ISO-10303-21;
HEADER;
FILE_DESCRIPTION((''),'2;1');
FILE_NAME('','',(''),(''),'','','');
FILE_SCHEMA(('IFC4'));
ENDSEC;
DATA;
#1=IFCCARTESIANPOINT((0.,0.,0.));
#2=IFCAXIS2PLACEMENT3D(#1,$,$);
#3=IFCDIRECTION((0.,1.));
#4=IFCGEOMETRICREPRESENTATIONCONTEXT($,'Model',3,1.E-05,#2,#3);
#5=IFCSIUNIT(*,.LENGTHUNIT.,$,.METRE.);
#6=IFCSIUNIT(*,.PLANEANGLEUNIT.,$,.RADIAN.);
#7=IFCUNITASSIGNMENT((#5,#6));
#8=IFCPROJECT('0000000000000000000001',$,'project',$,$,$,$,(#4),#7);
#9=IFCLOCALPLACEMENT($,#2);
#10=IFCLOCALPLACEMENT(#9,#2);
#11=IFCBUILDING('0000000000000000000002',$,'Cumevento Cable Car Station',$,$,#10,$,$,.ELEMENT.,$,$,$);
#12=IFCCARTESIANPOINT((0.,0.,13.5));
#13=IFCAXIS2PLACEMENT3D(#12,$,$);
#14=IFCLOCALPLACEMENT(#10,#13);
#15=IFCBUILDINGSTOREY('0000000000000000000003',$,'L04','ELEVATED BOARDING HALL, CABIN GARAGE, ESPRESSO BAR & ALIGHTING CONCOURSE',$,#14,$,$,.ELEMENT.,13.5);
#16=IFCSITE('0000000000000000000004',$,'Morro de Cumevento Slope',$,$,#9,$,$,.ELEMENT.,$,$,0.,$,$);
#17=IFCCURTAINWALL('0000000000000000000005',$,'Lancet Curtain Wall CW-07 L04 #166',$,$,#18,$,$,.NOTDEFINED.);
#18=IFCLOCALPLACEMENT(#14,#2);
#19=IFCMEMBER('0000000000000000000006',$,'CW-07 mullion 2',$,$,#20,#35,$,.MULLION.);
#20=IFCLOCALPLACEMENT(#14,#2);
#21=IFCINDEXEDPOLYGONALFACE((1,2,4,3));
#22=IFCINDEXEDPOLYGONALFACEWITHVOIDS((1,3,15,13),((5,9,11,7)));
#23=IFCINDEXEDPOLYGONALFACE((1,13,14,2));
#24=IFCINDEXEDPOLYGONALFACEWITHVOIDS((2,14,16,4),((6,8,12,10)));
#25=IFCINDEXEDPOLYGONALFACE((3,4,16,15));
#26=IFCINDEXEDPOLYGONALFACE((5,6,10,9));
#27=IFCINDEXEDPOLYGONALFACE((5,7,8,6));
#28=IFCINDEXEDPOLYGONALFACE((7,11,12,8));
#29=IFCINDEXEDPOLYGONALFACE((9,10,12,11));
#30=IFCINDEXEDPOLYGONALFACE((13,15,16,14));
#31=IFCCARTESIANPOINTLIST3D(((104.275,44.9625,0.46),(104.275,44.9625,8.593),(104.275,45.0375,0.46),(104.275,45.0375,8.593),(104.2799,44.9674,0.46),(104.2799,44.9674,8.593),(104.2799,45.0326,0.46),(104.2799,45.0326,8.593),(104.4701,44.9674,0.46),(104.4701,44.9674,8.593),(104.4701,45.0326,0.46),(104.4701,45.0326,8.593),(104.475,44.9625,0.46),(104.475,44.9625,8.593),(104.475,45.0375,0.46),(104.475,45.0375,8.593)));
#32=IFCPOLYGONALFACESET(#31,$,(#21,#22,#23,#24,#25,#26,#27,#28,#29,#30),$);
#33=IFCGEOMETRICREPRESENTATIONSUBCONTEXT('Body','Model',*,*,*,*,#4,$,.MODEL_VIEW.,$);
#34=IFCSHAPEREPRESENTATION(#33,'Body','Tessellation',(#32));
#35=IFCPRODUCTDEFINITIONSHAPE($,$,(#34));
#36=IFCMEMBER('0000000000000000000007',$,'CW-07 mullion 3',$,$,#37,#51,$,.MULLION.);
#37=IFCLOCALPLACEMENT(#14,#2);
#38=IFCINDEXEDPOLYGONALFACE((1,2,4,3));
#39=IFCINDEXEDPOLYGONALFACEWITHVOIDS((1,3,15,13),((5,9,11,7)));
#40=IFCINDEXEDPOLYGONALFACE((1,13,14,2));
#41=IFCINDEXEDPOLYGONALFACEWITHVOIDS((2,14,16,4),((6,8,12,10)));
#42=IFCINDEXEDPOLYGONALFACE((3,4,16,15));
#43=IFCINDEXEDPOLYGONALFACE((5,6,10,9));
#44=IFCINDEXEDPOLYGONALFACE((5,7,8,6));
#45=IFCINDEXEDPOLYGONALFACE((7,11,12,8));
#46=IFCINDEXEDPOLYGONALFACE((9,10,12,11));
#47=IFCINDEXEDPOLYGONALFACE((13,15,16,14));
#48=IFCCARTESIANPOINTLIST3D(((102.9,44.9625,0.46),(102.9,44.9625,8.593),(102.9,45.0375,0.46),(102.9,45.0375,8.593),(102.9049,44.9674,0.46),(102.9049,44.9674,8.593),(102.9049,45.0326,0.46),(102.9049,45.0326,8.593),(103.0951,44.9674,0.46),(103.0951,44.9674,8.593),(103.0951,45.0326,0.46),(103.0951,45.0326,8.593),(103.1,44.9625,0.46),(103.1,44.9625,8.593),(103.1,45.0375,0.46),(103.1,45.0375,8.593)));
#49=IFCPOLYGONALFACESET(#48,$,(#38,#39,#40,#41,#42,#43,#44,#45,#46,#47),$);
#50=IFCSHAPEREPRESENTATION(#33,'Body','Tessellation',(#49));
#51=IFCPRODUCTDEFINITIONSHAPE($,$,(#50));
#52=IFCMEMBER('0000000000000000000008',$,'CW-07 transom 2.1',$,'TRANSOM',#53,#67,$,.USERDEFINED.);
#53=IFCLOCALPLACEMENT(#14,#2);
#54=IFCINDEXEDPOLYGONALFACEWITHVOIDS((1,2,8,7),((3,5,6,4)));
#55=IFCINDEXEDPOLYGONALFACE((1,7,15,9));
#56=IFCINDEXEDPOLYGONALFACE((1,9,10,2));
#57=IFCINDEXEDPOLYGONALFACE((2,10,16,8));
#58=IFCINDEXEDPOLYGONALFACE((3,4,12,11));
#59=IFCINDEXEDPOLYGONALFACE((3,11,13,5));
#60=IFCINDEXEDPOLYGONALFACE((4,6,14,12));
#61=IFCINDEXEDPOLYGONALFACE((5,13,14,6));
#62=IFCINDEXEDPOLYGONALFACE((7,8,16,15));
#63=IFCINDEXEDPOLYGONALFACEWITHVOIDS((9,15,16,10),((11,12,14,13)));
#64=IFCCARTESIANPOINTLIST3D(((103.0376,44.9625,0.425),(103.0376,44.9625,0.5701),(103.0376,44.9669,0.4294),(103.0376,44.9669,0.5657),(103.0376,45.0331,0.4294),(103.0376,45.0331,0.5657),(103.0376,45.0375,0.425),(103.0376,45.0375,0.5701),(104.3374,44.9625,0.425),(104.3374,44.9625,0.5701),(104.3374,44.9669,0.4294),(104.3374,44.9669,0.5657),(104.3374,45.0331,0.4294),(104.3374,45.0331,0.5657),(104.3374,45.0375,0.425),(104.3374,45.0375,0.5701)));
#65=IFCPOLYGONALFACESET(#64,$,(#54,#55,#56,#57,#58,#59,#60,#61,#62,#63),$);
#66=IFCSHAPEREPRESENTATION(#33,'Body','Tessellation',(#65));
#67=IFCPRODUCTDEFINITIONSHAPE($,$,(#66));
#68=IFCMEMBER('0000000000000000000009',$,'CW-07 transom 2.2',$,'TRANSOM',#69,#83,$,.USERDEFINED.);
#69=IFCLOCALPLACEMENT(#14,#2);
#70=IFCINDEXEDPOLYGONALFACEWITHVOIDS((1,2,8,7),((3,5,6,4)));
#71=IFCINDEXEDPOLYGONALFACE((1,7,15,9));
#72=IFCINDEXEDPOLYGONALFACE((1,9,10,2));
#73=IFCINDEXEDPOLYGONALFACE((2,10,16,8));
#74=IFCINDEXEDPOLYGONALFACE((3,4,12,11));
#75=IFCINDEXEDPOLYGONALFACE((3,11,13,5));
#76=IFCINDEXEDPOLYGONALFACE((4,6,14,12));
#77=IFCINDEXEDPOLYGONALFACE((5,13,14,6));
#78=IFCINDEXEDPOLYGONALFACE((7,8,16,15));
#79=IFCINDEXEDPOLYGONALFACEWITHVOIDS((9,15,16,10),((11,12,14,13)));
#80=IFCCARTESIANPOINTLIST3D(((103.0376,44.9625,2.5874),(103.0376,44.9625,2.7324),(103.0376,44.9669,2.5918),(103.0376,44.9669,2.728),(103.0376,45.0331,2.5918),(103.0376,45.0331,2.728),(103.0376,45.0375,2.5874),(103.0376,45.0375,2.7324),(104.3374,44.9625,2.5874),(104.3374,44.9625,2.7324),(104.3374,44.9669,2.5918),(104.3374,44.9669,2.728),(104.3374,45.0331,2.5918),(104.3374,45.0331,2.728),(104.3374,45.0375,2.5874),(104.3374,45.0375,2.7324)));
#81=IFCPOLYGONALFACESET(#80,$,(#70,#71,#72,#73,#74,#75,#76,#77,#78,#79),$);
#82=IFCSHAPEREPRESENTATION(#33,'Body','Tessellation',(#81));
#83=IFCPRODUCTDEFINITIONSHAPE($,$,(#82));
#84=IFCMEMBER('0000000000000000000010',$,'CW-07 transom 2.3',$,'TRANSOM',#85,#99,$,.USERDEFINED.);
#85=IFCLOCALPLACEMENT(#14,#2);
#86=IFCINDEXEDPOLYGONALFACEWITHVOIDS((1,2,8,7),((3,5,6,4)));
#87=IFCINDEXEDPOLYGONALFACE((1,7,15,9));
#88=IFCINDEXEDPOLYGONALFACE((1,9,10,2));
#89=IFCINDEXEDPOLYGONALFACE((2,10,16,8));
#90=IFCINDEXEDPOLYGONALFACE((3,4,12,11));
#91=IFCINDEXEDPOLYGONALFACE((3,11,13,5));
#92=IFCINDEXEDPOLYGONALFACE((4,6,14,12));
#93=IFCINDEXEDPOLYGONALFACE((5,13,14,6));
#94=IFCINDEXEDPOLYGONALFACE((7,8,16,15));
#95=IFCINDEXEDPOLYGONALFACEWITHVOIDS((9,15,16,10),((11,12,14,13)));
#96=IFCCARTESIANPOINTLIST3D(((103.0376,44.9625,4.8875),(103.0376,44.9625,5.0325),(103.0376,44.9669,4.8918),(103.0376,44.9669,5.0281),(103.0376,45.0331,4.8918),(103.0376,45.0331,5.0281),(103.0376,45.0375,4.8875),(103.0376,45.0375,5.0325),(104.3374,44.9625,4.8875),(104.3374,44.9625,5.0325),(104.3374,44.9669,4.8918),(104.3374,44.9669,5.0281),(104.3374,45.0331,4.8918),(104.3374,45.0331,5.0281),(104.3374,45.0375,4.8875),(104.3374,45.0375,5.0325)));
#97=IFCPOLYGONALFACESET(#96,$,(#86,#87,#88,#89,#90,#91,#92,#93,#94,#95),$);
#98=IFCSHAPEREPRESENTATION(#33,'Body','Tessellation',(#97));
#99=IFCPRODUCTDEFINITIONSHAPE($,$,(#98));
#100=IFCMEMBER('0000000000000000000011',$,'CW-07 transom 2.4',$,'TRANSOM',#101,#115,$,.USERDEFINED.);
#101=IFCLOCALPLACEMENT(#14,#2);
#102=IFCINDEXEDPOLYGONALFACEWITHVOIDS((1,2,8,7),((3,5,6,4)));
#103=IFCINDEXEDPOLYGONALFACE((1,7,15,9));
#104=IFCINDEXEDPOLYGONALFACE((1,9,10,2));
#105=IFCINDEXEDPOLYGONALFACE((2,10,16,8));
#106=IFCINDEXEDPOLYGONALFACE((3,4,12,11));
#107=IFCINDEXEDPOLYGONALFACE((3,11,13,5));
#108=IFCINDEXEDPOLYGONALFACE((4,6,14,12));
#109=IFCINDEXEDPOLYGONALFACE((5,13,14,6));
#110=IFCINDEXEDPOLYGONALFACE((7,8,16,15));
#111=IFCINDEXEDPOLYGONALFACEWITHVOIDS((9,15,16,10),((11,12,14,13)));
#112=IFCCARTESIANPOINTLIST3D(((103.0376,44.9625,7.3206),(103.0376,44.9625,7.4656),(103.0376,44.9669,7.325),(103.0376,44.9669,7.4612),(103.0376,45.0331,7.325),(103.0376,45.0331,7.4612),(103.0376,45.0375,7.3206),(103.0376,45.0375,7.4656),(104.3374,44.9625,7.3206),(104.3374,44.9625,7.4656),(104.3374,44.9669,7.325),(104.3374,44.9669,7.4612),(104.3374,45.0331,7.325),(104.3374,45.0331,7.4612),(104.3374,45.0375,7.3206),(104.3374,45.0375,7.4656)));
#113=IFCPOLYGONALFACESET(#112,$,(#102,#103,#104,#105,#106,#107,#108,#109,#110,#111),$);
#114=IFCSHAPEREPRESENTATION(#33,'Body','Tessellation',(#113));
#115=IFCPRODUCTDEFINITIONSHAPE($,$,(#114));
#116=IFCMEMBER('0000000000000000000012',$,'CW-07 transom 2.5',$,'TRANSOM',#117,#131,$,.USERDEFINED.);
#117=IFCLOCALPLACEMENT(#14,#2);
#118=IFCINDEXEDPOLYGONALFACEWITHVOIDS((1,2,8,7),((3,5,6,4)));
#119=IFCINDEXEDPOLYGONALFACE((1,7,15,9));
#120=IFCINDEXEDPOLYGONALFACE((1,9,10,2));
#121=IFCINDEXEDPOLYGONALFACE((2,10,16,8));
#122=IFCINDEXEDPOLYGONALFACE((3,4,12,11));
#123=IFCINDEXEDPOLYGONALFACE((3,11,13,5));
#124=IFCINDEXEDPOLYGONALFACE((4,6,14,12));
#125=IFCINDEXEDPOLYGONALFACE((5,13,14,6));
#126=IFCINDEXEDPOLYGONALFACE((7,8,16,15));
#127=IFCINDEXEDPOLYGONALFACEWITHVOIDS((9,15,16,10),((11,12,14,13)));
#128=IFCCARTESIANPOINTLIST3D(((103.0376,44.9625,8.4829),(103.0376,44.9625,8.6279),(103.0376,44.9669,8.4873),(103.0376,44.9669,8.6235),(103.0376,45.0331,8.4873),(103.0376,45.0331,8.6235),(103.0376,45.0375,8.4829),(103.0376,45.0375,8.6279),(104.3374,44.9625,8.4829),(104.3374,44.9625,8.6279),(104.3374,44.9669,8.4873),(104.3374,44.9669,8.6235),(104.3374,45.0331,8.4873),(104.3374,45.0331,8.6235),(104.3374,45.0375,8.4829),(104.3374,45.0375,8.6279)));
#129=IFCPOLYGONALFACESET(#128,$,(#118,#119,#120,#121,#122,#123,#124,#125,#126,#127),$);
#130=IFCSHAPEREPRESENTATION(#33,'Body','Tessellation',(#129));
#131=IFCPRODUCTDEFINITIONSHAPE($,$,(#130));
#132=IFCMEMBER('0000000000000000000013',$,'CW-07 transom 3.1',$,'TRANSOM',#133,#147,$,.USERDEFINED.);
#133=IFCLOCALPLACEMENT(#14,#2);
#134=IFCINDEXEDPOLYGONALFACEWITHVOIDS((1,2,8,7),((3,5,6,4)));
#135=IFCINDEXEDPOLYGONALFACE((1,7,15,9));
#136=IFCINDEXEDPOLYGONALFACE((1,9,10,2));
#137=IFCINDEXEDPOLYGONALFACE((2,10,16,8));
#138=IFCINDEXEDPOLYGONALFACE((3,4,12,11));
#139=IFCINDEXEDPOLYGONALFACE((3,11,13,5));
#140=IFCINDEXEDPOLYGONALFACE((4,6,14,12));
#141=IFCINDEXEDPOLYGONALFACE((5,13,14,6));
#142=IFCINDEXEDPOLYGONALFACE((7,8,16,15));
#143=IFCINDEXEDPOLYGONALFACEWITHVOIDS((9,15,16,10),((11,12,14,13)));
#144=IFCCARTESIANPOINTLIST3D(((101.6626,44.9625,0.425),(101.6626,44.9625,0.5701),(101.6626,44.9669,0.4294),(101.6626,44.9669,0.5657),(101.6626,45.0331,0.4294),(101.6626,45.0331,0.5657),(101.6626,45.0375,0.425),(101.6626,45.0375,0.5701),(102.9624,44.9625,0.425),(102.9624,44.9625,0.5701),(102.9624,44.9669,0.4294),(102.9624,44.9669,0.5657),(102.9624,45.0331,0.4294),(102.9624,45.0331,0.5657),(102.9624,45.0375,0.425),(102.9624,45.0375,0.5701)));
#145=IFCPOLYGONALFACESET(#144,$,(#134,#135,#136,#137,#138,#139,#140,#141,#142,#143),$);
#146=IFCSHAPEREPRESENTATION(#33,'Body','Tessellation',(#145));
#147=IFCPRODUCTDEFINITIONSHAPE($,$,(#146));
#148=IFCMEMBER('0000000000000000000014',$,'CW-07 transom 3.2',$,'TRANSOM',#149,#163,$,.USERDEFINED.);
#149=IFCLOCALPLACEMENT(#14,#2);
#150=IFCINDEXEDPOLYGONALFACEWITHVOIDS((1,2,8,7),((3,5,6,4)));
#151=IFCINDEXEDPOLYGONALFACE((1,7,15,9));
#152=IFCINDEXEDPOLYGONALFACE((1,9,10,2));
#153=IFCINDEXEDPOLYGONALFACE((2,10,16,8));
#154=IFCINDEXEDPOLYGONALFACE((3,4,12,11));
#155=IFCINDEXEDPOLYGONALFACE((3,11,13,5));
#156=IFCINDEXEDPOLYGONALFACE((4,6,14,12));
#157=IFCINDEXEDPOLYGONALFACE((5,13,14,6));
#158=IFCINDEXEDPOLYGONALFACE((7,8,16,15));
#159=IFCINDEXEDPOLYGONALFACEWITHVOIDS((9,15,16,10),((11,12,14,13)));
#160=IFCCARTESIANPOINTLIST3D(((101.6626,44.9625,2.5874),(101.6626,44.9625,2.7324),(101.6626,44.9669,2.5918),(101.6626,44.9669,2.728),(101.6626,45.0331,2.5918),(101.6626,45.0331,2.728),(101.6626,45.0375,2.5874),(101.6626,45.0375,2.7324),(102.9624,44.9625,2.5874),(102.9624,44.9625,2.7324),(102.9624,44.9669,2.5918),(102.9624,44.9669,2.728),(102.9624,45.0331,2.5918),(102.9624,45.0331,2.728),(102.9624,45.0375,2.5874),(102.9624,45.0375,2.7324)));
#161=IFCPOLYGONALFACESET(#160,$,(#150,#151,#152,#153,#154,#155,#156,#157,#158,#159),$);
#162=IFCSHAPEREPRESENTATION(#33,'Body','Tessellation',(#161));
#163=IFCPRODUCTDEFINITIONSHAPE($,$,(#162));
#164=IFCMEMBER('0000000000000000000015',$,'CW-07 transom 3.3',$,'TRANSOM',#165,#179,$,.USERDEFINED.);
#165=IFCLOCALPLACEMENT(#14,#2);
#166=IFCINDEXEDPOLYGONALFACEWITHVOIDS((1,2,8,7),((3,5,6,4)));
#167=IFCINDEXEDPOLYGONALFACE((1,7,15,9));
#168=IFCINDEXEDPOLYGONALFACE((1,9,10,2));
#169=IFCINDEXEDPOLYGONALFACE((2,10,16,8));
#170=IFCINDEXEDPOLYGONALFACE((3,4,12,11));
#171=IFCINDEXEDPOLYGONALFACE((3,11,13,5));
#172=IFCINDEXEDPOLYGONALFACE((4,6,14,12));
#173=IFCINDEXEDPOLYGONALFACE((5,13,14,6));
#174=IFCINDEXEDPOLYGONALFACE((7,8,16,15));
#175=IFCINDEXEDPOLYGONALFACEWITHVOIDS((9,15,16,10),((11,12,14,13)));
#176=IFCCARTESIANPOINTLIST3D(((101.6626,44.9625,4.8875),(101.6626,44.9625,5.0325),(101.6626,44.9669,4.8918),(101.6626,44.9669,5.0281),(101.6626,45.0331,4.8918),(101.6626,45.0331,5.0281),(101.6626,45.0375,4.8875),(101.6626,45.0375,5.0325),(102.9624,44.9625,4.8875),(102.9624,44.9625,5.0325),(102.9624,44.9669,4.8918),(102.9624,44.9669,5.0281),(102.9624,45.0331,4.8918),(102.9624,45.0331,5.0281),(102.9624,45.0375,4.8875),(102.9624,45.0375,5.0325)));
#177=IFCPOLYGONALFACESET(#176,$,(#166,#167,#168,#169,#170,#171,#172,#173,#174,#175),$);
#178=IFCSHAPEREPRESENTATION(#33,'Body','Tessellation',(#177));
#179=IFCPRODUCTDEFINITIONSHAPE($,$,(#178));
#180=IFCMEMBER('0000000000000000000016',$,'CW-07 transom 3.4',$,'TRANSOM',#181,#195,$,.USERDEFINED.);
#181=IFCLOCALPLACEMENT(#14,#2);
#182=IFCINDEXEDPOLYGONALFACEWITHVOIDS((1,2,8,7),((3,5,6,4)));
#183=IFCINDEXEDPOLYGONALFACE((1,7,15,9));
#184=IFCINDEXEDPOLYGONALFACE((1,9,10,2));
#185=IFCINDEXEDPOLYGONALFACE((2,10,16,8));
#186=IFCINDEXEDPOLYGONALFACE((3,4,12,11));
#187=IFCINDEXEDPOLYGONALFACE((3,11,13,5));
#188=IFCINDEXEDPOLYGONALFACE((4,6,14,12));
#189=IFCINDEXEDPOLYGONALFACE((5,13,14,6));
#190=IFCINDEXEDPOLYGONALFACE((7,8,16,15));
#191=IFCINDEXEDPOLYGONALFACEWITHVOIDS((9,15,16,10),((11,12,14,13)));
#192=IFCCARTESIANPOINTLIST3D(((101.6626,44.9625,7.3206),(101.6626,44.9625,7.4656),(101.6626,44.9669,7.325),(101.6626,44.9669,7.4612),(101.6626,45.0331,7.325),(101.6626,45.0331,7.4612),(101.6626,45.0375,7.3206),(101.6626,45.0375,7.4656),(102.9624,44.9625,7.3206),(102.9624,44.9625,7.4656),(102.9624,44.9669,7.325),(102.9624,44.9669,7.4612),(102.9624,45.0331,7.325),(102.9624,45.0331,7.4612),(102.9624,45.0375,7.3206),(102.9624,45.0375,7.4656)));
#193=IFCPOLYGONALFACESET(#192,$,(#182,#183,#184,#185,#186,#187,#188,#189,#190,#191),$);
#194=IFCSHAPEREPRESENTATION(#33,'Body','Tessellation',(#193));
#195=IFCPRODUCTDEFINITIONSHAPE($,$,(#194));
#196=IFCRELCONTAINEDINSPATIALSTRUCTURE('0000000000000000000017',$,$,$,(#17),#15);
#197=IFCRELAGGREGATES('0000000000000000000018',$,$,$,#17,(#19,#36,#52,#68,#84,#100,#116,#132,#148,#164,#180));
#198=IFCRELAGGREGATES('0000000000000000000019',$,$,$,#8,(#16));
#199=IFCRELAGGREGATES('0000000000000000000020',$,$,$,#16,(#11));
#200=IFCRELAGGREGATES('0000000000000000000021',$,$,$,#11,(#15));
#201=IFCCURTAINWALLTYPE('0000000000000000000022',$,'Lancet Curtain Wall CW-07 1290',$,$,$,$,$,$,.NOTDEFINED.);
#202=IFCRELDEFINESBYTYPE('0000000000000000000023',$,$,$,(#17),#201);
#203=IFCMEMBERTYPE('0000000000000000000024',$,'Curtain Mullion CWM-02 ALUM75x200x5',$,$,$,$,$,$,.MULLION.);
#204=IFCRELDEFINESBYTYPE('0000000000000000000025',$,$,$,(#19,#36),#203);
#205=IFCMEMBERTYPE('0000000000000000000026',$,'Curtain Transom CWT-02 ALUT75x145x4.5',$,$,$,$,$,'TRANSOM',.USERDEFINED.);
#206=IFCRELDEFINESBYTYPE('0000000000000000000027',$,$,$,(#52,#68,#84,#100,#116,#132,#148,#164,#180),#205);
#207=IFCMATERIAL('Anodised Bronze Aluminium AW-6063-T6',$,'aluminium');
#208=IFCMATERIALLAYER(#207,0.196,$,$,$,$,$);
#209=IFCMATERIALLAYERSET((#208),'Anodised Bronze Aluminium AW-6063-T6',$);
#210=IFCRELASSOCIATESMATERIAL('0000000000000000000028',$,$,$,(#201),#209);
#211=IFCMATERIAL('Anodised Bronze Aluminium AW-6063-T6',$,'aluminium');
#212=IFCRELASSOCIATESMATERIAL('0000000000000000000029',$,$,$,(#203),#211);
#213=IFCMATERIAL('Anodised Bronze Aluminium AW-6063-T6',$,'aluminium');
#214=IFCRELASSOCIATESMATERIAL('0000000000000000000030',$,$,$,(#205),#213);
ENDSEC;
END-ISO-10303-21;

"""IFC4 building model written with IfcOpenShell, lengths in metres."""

from ifc_helpers import new_model, si_unit, direction, frame, origin, origin_2d, place, context, subcontext, project, spatial, hollow_rectangle, extrude, material, layer, layer_set, material_profile, profile_set, type_object, element, aggregate, save


model = new_model("IFC4")

# Units and contexts
model_context = context("Model", 3, precision=1e-05, world=origin(), true_north=direction((0.0, 1.0)))
body_context = subcontext(model_context, "Body", "Model", "MODEL_VIEW")
ifc_project = project(units=[si_unit("LENGTHUNIT", "METRE"), si_unit("PLANEANGLEUNIT", "RADIAN")], contexts=[model_context])

# Site, building, storey
site_placement = place(None, origin())
site = spatial("IfcSite", under=ifc_project, at=site_placement, Name="Morro de Cumevento Slope", CompositionType="ELEMENT", RefElevation=0.0)
building_placement = place(site_placement, origin())
building = spatial("IfcBuilding", under=site, at=building_placement, Name="Cumevento Cable Car Station", CompositionType="ELEMENT")
storey_placement = place(building_placement, frame((0.0, 0.0, 13.5)))
storey = spatial("IfcBuildingStorey", under=building, at=storey_placement, Name="L04", Description="ELEVATED BOARDING HALL, CABIN GARAGE, ESPRESSO BAR & ALIGHTING CONCOURSE", CompositionType="ELEMENT", Elevation=13.5)

# Curtain wall, members
ifc_material_1 = material(Name="Anodised Bronze Aluminium AW-6063-T6", Category="aluminium")
ifc_layer_1 = layer(ifc_material_1, 0.196)
ifc_layer_set_1 = layer_set([ifc_layer_1], Name="Anodised Bronze Aluminium AW-6063-T6")
curtain_wall_type = type_object("IfcCurtainWallType", Name="Lancet Curtain Wall CW-07 1290", PredefinedType="NOTDEFINED", material=ifc_layer_set_1)
curtain_wall_placement = place(storey_placement, origin())
curtain_wall = element("IfcCurtainWall", 1, at=curtain_wall_placement, inside=storey, type_object=curtain_wall_type, Name="Lancet Curtain Wall CW-07 L04 #166", PredefinedType="NOTDEFINED")
ifc_material_2 = material(Name="Anodised Bronze Aluminium AW-6063-T6", Category="aluminium")
ifc_material_profile_1 = material_profile(ifc_material_2, hollow_rectangle(XDim=0.075, YDim=0.2, WallThickness=0.0049, at=origin_2d()), Name="ALUM75x200x5")
ifc_profile_set_1 = profile_set([ifc_material_profile_1], Name="Anodised Bronze Aluminium AW-6063-T6")
member_type_1 = type_object("IfcMemberType", Name="Curtain Mullion CWM-02 ALUM75x200x5", PredefinedType="MULLION", material=ifc_profile_set_1)
member_1_placement = place(storey_placement, frame((104.375, 45.0, 0.46), z_axis=(0.0, 0.0, 1.0), x_axis=(0.0, -1.0, 0.0)))
member_1 = element("IfcMember", 2, at=member_1_placement, type_object=member_type_1, Name="CW-07 mullion 2", PredefinedType="MULLION", context=body_context, shape_type="SweptSolid", body=[
    extrude(hollow_rectangle(XDim=0.075, YDim=0.2, WallThickness=0.0049, at=origin_2d()), origin(), (0.0, 0.0, 1.0), 8.1331),
])
member_2_placement = place(storey_placement, frame((103.0, 45.0, 0.46), z_axis=(0.0, 0.0, 1.0), x_axis=(0.0, -1.0, 0.0)))
member_2 = element("IfcMember", 3, at=member_2_placement, type_object=member_type_1, Name="CW-07 mullion 3", PredefinedType="MULLION", context=body_context, shape_type="SweptSolid", body=[
    extrude(hollow_rectangle(XDim=0.075, YDim=0.2, WallThickness=0.0049, at=origin_2d()), origin(), (0.0, 0.0, 1.0), 8.1331),
])
ifc_material_3 = material(Name="Anodised Bronze Aluminium AW-6063-T6", Category="aluminium")
ifc_material_profile_2 = material_profile(ifc_material_3, hollow_rectangle(XDim=0.075, YDim=0.145, WallThickness=0.0044, at=origin_2d()), Name="ALUT75x145x4.5")
ifc_profile_set_2 = profile_set([ifc_material_profile_2], Name="Anodised Bronze Aluminium AW-6063-T6")
member_type_2 = type_object("IfcMemberType", Name="Curtain Transom CWT-02 ALUT75x145x4.5", ElementType="TRANSOM", PredefinedType="USERDEFINED", material=ifc_profile_set_2)
member_3_placement = place(storey_placement, frame((104.3374, 45.0, 0.4976), z_axis=(-1.0, 0.0, 0.0), x_axis=(0.0, -1.0, 0.0)))
member_3 = element("IfcMember", 4, at=member_3_placement, type_object=member_type_2, Name="CW-07 transom 2.1", ObjectType="TRANSOM", PredefinedType="USERDEFINED", context=body_context, shape_type="SweptSolid", body=[
    extrude(hollow_rectangle(XDim=0.075, YDim=0.145, WallThickness=0.0044, at=origin_2d()), origin(), (0.0, 0.0, 1.0), 1.2998),
])
member_4_placement = place(storey_placement, frame((104.3374, 45.0, 2.6599), z_axis=(-1.0, 0.0, 0.0), x_axis=(0.0, -1.0, 0.0)))
member_4 = element("IfcMember", 5, at=member_4_placement, type_object=member_type_2, Name="CW-07 transom 2.2", ObjectType="TRANSOM", PredefinedType="USERDEFINED", context=body_context, shape_type="SweptSolid", body=[
    extrude(hollow_rectangle(XDim=0.075, YDim=0.145, WallThickness=0.0044, at=origin_2d()), origin(), (0.0, 0.0, 1.0), 1.2998),
])
member_5_placement = place(storey_placement, frame((104.3374, 45.0, 4.96), z_axis=(-1.0, 0.0, 0.0), x_axis=(0.0, -1.0, 0.0)))
member_5 = element("IfcMember", 6, at=member_5_placement, type_object=member_type_2, Name="CW-07 transom 2.3", ObjectType="TRANSOM", PredefinedType="USERDEFINED", context=body_context, shape_type="SweptSolid", body=[
    extrude(hollow_rectangle(XDim=0.075, YDim=0.145, WallThickness=0.0044, at=origin_2d()), origin(), (0.0, 0.0, 1.0), 1.2998),
])
member_6_placement = place(storey_placement, frame((104.3374, 45.0, 7.3931), z_axis=(-1.0, 0.0, 0.0), x_axis=(0.0, -1.0, 0.0)))
member_6 = element("IfcMember", 7, at=member_6_placement, type_object=member_type_2, Name="CW-07 transom 2.4", ObjectType="TRANSOM", PredefinedType="USERDEFINED", context=body_context, shape_type="SweptSolid", body=[
    extrude(hollow_rectangle(XDim=0.075, YDim=0.145, WallThickness=0.0044, at=origin_2d()), origin(), (0.0, 0.0, 1.0), 1.2998),
])
member_7_placement = place(storey_placement, frame((104.3374, 45.0, 8.5554), z_axis=(-1.0, 0.0, 0.0), x_axis=(0.0, -1.0, 0.0)))
member_7 = element("IfcMember", 8, at=member_7_placement, type_object=member_type_2, Name="CW-07 transom 2.5", ObjectType="TRANSOM", PredefinedType="USERDEFINED", context=body_context, shape_type="SweptSolid", body=[
    extrude(hollow_rectangle(XDim=0.075, YDim=0.145, WallThickness=0.0044, at=origin_2d()), origin(), (0.0, 0.0, 1.0), 1.2998),
])
member_8_placement = place(storey_placement, frame((102.9624, 45.0, 0.4976), z_axis=(-1.0, 0.0, 0.0), x_axis=(0.0, -1.0, 0.0)))
member_8 = element("IfcMember", 9, at=member_8_placement, type_object=member_type_2, Name="CW-07 transom 3.1", ObjectType="TRANSOM", PredefinedType="USERDEFINED", context=body_context, shape_type="SweptSolid", body=[
    extrude(hollow_rectangle(XDim=0.075, YDim=0.145, WallThickness=0.0044, at=origin_2d()), origin(), (0.0, 0.0, 1.0), 1.2998),
])
member_9_placement = place(storey_placement, frame((102.9624, 45.0, 2.6599), z_axis=(-1.0, 0.0, 0.0), x_axis=(0.0, -1.0, 0.0)))
member_9 = element("IfcMember", 10, at=member_9_placement, type_object=member_type_2, Name="CW-07 transom 3.2", ObjectType="TRANSOM", PredefinedType="USERDEFINED", context=body_context, shape_type="SweptSolid", body=[
    extrude(hollow_rectangle(XDim=0.075, YDim=0.145, WallThickness=0.0044, at=origin_2d()), origin(), (0.0, 0.0, 1.0), 1.2998),
])
member_10_placement = place(storey_placement, frame((102.9624, 45.0, 4.96), z_axis=(-1.0, 0.0, 0.0), x_axis=(0.0, -1.0, 0.0)))
member_10 = element("IfcMember", 11, at=member_10_placement, type_object=member_type_2, Name="CW-07 transom 3.3", ObjectType="TRANSOM", PredefinedType="USERDEFINED", context=body_context, shape_type="SweptSolid", body=[
    extrude(hollow_rectangle(XDim=0.075, YDim=0.145, WallThickness=0.0044, at=origin_2d()), origin(), (0.0, 0.0, 1.0), 1.2998),
])
member_11_placement = place(storey_placement, frame((102.9624, 45.0, 7.3931), z_axis=(-1.0, 0.0, 0.0), x_axis=(0.0, -1.0, 0.0)))
member_11 = element("IfcMember", 12, at=member_11_placement, type_object=member_type_2, Name="CW-07 transom 3.4", ObjectType="TRANSOM", PredefinedType="USERDEFINED", context=body_context, shape_type="SweptSolid", body=[
    extrude(hollow_rectangle(XDim=0.075, YDim=0.145, WallThickness=0.0044, at=origin_2d()), origin(), (0.0, 0.0, 1.0), 1.2998),
])
aggregate(curtain_wall, [member_1, member_2, member_3, member_4, member_5, member_6, member_7, member_8, member_9, member_10, member_11])

save(model, "model.ifc")
